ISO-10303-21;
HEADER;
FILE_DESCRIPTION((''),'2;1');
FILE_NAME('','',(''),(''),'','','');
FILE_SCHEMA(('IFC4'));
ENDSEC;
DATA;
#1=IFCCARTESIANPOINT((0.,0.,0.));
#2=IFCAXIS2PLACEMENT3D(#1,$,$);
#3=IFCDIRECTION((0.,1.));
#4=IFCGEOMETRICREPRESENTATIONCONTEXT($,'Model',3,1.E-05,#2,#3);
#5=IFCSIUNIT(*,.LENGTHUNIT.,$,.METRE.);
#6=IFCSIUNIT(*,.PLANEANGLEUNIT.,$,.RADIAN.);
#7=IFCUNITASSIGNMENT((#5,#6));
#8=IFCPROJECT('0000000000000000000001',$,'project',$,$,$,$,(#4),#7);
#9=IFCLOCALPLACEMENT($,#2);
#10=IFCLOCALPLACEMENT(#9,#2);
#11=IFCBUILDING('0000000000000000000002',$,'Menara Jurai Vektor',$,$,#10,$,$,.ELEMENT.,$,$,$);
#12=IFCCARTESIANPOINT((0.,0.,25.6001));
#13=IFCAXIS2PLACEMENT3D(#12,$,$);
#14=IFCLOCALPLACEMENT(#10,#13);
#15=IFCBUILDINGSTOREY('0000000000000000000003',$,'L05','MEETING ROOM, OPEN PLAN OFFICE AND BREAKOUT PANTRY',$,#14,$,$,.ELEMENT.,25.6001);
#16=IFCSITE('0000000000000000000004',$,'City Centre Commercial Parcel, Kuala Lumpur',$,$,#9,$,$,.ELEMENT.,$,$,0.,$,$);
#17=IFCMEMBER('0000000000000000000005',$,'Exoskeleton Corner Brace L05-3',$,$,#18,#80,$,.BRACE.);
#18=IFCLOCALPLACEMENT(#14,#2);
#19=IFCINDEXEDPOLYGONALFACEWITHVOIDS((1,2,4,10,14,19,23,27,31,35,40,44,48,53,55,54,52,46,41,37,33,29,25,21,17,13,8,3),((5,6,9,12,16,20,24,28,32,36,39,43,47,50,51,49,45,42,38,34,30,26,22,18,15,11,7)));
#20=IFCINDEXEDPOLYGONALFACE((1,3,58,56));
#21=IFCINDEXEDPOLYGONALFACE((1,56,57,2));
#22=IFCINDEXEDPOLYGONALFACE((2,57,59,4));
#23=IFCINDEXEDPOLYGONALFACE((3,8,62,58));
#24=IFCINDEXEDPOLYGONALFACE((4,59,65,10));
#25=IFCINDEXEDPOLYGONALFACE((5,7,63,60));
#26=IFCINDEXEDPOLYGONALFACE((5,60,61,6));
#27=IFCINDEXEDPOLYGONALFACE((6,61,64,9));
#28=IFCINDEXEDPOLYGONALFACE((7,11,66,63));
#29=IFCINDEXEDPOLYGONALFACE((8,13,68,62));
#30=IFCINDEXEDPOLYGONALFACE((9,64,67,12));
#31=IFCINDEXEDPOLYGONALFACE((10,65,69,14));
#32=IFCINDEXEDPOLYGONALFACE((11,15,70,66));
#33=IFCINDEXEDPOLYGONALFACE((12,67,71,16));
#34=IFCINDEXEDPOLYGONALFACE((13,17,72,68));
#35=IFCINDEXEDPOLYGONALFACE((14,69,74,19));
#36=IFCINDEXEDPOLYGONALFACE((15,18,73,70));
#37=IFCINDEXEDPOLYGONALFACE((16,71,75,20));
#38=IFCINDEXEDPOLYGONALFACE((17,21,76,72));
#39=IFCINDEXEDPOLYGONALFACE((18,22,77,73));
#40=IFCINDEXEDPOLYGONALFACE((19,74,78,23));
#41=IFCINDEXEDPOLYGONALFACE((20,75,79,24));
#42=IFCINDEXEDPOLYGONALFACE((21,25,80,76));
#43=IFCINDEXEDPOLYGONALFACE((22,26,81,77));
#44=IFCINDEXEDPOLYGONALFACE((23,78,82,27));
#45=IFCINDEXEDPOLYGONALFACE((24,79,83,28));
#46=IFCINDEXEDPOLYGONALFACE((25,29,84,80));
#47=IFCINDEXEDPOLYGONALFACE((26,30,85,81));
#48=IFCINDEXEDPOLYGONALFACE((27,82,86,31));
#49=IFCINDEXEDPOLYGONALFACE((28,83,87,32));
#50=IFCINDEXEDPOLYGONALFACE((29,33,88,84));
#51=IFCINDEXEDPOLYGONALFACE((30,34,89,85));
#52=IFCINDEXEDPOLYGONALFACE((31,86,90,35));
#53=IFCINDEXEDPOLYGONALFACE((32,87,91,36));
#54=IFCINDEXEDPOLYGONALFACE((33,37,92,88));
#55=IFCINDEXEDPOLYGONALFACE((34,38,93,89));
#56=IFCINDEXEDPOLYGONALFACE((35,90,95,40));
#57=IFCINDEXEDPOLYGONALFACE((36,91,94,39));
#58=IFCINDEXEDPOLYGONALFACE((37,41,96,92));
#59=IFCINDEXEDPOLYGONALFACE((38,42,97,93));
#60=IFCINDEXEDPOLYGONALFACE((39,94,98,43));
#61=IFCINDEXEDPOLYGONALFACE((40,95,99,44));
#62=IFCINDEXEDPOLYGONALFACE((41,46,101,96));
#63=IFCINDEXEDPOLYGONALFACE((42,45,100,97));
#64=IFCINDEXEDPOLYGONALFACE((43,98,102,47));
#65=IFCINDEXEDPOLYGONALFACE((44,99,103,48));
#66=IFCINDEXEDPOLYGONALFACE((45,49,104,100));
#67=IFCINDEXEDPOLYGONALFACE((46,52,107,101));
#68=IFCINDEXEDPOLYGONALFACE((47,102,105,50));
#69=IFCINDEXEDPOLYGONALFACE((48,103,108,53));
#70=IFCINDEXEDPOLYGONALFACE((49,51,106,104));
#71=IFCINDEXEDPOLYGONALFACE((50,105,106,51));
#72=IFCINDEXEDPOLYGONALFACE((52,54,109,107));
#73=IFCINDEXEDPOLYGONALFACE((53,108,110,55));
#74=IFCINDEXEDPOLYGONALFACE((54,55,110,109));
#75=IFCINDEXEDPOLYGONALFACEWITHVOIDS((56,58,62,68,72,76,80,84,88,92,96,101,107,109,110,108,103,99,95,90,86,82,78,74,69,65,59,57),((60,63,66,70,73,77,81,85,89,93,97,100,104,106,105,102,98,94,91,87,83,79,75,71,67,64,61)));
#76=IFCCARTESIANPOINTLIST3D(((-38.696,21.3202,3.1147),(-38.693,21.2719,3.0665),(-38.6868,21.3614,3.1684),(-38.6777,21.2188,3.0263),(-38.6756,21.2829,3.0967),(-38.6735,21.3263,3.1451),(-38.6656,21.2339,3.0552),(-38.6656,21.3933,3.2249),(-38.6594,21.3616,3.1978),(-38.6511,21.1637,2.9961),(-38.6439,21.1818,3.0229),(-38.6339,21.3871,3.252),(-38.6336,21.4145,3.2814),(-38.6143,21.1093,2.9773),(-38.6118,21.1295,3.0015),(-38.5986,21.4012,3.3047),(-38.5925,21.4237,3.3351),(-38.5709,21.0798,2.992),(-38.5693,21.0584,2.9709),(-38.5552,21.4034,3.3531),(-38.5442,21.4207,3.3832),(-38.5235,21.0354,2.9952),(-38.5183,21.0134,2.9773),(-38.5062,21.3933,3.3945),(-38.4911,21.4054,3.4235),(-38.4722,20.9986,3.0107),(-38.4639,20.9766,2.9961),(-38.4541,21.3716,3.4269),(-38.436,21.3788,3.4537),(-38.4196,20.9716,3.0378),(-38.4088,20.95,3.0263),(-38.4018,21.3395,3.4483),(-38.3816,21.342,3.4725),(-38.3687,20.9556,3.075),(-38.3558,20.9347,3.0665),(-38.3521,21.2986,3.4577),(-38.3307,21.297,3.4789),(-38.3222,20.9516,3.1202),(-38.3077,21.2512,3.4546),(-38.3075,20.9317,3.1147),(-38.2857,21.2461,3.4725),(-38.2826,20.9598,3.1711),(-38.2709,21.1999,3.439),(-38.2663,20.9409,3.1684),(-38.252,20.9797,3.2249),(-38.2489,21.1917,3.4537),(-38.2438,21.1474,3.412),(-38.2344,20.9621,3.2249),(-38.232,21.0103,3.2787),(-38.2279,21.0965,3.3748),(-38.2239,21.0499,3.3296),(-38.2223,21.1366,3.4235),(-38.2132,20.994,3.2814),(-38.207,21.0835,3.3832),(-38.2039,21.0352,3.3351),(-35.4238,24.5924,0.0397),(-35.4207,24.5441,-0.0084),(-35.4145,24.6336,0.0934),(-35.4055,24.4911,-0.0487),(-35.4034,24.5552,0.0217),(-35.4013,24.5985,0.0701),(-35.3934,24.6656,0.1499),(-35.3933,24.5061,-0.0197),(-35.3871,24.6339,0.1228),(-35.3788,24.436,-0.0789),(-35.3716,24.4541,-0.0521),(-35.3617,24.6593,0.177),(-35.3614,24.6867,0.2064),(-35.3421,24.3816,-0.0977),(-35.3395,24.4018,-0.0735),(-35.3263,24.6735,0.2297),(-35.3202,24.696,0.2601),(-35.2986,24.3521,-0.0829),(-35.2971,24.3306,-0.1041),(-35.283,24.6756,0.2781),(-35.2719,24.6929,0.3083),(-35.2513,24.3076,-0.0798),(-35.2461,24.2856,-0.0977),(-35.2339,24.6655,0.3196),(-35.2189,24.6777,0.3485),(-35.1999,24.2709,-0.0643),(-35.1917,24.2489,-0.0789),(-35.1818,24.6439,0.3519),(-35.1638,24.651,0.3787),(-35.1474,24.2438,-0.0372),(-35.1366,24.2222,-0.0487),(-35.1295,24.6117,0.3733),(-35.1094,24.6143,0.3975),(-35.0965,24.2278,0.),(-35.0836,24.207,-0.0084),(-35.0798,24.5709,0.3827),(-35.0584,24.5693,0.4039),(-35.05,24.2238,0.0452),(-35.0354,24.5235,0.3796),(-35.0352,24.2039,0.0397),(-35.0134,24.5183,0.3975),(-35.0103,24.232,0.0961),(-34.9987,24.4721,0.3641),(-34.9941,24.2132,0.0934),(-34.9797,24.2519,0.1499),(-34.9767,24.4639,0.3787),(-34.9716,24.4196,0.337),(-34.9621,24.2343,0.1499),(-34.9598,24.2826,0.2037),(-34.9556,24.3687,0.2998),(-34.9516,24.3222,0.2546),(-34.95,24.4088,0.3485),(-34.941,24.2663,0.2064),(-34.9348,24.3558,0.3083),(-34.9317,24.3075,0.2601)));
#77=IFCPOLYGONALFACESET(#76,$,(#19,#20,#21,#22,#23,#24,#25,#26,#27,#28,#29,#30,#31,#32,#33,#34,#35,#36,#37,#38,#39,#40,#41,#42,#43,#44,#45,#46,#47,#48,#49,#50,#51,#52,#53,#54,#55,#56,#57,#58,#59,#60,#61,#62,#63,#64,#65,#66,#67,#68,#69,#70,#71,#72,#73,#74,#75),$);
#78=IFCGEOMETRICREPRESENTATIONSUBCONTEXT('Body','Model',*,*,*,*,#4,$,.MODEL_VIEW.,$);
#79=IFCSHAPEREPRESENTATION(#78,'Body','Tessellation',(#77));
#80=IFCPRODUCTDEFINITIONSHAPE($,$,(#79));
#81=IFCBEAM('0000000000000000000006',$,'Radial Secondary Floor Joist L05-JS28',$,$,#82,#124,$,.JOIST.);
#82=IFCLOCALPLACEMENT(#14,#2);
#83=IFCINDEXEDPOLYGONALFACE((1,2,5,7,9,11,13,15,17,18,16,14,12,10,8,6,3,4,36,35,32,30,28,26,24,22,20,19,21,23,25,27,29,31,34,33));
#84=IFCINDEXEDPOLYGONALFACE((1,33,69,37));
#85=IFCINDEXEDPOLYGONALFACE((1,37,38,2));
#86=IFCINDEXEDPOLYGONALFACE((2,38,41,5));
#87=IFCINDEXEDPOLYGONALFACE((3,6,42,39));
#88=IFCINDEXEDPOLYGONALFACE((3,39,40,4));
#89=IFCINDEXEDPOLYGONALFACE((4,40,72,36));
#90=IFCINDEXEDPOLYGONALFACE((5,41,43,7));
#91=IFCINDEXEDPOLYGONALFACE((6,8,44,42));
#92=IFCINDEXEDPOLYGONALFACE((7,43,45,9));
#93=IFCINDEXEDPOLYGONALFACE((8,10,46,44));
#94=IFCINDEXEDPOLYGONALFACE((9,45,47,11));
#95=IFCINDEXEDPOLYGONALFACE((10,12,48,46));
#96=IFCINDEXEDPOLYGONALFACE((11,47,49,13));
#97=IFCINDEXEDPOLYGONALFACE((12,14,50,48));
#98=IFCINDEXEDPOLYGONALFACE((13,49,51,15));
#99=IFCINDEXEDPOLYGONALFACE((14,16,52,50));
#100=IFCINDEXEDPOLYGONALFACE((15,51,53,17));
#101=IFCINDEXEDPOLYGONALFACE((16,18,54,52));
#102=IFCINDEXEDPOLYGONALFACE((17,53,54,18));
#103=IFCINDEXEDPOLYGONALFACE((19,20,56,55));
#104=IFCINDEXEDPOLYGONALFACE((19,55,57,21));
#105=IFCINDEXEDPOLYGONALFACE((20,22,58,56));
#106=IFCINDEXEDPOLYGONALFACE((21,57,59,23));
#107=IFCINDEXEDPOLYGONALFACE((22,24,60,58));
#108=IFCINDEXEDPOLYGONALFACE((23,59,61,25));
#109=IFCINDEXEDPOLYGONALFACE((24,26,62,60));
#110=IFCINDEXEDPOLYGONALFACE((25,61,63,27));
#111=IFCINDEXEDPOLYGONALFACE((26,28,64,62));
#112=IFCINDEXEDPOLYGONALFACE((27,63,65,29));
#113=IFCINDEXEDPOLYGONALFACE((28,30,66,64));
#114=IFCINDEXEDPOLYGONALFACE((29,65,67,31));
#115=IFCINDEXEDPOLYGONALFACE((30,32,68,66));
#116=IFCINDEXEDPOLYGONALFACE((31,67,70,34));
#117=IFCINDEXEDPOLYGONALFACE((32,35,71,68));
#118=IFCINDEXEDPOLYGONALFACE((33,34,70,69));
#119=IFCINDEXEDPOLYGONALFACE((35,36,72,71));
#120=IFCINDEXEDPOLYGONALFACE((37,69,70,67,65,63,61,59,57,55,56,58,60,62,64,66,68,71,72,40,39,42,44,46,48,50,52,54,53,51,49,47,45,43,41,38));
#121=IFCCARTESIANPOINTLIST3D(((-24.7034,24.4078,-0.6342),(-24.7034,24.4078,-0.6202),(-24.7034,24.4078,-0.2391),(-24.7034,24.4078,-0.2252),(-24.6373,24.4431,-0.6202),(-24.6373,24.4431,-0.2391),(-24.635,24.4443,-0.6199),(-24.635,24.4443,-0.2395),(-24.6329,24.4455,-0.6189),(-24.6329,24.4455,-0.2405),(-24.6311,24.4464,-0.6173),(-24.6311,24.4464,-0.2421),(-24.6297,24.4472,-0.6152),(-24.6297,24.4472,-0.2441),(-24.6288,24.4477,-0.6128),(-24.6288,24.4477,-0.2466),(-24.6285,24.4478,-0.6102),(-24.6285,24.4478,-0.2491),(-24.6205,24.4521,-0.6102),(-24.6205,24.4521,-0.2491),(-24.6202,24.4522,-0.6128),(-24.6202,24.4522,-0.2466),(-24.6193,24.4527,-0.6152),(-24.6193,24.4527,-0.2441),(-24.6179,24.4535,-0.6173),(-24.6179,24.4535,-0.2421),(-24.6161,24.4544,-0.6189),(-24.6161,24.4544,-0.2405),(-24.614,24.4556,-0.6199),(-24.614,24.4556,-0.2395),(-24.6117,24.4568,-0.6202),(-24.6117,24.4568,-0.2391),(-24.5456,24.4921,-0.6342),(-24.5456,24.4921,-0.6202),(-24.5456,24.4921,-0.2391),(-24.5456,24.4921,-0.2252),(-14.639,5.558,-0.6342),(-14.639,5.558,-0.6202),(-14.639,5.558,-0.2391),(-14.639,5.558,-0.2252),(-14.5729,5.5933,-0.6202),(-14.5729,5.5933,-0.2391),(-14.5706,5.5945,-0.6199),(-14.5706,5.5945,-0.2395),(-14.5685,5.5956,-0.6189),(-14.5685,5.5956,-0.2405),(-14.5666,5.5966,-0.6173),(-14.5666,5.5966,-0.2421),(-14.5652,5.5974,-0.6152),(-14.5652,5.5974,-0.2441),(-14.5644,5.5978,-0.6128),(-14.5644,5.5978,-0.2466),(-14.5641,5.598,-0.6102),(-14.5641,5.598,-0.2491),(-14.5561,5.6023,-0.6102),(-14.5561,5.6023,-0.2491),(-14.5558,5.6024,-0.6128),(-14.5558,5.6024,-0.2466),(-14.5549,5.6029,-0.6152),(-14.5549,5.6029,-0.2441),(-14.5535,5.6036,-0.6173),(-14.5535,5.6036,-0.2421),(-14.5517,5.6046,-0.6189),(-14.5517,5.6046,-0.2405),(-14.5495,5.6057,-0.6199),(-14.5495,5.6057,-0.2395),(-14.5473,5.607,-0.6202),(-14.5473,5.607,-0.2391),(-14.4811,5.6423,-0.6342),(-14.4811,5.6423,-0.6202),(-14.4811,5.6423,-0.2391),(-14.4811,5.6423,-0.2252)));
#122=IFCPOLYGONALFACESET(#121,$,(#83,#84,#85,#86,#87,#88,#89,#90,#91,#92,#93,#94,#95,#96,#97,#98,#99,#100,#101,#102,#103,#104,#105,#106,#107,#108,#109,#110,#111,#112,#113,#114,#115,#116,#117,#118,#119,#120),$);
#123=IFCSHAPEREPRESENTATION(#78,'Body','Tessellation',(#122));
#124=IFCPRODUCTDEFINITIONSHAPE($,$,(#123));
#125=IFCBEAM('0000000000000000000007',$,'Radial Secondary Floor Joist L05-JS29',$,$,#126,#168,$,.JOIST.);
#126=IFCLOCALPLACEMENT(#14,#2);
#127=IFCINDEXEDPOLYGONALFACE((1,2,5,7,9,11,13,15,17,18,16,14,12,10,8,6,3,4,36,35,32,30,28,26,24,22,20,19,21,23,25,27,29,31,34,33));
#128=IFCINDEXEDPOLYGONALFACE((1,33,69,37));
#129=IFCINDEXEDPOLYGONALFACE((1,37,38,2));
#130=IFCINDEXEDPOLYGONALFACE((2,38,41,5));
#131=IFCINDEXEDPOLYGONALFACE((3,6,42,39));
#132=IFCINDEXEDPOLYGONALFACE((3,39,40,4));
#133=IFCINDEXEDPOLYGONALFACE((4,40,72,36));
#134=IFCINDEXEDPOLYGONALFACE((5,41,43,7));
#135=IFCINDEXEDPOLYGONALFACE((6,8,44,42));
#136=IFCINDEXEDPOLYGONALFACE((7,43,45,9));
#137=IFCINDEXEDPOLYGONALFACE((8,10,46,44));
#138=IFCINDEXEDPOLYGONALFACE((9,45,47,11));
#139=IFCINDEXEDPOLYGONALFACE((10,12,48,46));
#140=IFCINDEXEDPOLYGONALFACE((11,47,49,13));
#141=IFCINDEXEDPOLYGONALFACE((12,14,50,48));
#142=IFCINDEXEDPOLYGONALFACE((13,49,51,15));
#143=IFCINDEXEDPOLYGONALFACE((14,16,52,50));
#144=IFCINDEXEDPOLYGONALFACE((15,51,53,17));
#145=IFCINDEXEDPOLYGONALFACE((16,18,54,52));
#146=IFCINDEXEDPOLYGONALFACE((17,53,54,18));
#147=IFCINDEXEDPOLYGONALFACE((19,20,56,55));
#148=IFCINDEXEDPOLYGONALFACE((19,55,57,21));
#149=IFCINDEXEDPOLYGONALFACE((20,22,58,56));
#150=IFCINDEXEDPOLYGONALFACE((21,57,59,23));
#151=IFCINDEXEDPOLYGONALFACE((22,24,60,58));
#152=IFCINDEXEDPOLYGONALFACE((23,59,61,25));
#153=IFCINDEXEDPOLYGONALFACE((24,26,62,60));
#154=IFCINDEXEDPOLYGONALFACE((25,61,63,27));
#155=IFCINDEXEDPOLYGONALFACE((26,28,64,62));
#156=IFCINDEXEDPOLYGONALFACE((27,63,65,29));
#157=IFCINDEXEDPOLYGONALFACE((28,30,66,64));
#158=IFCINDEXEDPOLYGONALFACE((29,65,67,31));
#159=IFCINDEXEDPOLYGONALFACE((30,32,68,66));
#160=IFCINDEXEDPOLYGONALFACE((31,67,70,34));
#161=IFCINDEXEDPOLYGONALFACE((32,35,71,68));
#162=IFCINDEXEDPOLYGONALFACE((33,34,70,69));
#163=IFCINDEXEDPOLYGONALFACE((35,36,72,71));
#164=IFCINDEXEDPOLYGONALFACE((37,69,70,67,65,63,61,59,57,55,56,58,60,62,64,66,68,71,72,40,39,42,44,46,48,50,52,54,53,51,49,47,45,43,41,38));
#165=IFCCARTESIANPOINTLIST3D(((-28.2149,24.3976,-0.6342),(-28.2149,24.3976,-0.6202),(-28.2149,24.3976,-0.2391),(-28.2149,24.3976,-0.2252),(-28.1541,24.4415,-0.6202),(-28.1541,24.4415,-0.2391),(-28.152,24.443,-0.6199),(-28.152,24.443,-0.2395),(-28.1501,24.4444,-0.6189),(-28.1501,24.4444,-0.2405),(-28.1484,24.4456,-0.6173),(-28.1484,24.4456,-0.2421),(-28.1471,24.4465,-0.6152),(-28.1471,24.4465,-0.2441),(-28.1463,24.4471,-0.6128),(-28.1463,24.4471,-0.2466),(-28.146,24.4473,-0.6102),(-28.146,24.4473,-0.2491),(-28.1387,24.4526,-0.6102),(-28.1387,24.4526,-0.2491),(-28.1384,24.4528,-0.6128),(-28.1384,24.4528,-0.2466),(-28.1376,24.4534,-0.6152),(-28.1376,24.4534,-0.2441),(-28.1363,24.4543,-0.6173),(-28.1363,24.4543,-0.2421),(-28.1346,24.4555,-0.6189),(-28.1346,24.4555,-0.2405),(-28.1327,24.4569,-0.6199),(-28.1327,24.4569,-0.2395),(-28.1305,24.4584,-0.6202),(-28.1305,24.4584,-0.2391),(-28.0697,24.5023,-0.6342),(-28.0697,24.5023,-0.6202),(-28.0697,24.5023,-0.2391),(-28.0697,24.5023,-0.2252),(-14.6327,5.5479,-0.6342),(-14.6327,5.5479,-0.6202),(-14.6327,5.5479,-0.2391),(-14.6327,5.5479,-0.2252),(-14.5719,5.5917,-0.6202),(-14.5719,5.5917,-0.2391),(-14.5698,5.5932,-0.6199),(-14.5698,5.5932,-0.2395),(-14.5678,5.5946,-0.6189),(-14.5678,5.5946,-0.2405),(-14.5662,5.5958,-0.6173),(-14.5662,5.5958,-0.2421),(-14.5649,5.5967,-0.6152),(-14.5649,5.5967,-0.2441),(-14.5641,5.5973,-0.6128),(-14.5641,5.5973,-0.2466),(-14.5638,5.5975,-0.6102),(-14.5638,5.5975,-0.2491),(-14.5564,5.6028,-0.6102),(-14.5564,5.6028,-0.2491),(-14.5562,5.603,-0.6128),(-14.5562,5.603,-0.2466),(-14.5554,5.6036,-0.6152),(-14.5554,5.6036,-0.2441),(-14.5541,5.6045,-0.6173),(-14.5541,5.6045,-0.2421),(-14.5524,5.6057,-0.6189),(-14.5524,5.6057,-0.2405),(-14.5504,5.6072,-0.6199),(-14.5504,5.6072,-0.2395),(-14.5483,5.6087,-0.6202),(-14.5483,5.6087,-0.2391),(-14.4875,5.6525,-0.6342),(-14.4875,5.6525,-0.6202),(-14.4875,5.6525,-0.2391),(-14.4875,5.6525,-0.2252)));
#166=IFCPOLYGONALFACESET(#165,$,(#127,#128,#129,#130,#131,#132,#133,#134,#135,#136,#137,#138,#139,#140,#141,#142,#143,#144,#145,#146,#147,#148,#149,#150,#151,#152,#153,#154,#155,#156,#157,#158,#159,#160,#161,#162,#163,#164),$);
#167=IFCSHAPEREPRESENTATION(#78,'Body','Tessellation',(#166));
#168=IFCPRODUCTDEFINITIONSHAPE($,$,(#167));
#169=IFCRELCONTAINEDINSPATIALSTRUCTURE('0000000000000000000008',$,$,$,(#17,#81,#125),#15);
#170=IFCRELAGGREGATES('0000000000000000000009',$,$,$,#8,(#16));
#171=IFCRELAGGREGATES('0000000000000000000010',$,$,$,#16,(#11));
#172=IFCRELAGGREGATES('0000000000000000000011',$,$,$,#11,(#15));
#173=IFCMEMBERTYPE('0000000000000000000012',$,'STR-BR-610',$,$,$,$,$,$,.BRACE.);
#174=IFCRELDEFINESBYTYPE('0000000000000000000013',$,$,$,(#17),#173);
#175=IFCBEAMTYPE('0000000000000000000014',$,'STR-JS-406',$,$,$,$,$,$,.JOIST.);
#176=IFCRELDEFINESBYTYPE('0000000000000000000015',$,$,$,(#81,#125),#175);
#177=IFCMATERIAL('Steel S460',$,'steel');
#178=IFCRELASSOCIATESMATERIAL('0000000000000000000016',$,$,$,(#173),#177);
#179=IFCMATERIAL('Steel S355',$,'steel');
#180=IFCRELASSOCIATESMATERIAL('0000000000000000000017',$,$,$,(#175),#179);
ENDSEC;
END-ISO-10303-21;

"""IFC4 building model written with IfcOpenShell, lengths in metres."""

from ifc_helpers import new_model, si_unit, direction, frame, origin, origin_2d, place, context, subcontext, project, spatial, hollow_circle, i_section, extrude, material, material_profile, profile_set, type_object, element, save


model = new_model("IFC4")

# Units and contexts
model_context = context("Model", 3, precision=1e-05, world=origin(), true_north=direction((0.0, 1.0)))
body_context = subcontext(model_context, "Body", "Model", "MODEL_VIEW")
ifc_project = project(units=[si_unit("LENGTHUNIT", "METRE"), si_unit("PLANEANGLEUNIT", "RADIAN")], contexts=[model_context])

# Site, building, storey
site_placement = place(None, origin())
site = spatial("IfcSite", under=ifc_project, at=site_placement, Name="City Centre Commercial Parcel, Kuala Lumpur", CompositionType="ELEMENT", RefElevation=0.0)
building_placement = place(site_placement, origin())
building = spatial("IfcBuilding", under=site, at=building_placement, Name="Menara Jurai Vektor", CompositionType="ELEMENT")
storey_placement = place(building_placement, frame((0.0, 0.0, 25.6001)))
storey = spatial("IfcBuildingStorey", under=building, at=storey_placement, Name="L05", Description="MEETING ROOM, OPEN PLAN OFFICE AND BREAKOUT PANTRY", CompositionType="ELEMENT", Elevation=25.6001)

# Shared definitions
ifc_material_1 = material(Name="Steel S460", Category="steel")

# Shared definitions
ifc_material_2 = material(Name="Steel S355", Category="steel")

# Member
ifc_material_profile_1 = material_profile(ifc_material_1, hollow_circle(Radius=0.3049, WallThickness=0.0249, at=origin_2d()), Name="CHS 610x25")
ifc_profile_set_1 = profile_set([ifc_material_profile_1], Name="Steel S460")
member_type_1 = type_object("IfcMemberType", Name="STR-BR-610", PredefinedType="BRACE", material=ifc_profile_set_1)
member_1_placement = place(storey_placement, frame((-35.1777, 24.45, 0.1499), z_axis=(-0.588942, -0.588942, 0.553438), x_axis=(0.707107, -0.707107, 0.0)))
element("IfcMember", 1, at=member_1_placement, inside=storey, type_object=member_type_1, Name="Exoskeleton Corner Brace L05-3", PredefinedType="BRACE", context=body_context, shape_type="SweptSolid", body=[
    extrude(hollow_circle(Radius=0.3049, WallThickness=0.0249, at=origin_2d()), origin(), (0.0, 0.0, 1.0), 5.5562),
])

# Beams
ifc_material_profile_2 = material_profile(ifc_material_2, i_section(OverallWidth=0.179, OverallDepth=0.4089, WebThickness=0.009, FlangeThickness=0.0139, FilletRadius=0.01, at=origin_2d()), Name="UKB 406x178x67")
ifc_profile_set_2 = profile_set([ifc_material_profile_2], Name="Steel S355")
beam_type_1 = type_object("IfcBeamType", Name="STR-JS-406", PredefinedType="JOIST", material=ifc_profile_set_2)
beam_1_placement = place(storey_placement, frame((-24.6245, 24.45, -0.4297), z_axis=(0.470996, -0.882135, 0.0), x_axis=(0.882135, 0.470996, 0.0)))
element("IfcBeam", 2, at=beam_1_placement, inside=storey, type_object=beam_type_1, Name="Radial Secondary Floor Joist L05-JS28", PredefinedType="JOIST", context=body_context, shape_type="SweptSolid", body=[
    extrude(i_section(OverallWidth=0.179, OverallDepth=0.4089, WebThickness=0.009, FlangeThickness=0.0139, FilletRadius=0.01, at=origin_2d()), origin(), (0.0, 0.0, 1.0), 21.3684),
])
beam_2_placement = place(storey_placement, frame((-28.1423, 24.45, -0.4297), z_axis=(0.584599, -0.811322, 0.0), x_axis=(0.811322, 0.584599, 0.0)))
element("IfcBeam", 3, at=beam_2_placement, inside=storey, type_object=beam_type_1, Name="Radial Secondary Floor Joist L05-JS29", PredefinedType="JOIST", context=body_context, shape_type="SweptSolid", body=[
    extrude(i_section(OverallWidth=0.179, OverallDepth=0.4089, WebThickness=0.009, FlangeThickness=0.0139, FilletRadius=0.01, at=origin_2d()), origin(), (0.0, 0.0, 1.0), 23.2334),
])

save(model, "model.ifc")
